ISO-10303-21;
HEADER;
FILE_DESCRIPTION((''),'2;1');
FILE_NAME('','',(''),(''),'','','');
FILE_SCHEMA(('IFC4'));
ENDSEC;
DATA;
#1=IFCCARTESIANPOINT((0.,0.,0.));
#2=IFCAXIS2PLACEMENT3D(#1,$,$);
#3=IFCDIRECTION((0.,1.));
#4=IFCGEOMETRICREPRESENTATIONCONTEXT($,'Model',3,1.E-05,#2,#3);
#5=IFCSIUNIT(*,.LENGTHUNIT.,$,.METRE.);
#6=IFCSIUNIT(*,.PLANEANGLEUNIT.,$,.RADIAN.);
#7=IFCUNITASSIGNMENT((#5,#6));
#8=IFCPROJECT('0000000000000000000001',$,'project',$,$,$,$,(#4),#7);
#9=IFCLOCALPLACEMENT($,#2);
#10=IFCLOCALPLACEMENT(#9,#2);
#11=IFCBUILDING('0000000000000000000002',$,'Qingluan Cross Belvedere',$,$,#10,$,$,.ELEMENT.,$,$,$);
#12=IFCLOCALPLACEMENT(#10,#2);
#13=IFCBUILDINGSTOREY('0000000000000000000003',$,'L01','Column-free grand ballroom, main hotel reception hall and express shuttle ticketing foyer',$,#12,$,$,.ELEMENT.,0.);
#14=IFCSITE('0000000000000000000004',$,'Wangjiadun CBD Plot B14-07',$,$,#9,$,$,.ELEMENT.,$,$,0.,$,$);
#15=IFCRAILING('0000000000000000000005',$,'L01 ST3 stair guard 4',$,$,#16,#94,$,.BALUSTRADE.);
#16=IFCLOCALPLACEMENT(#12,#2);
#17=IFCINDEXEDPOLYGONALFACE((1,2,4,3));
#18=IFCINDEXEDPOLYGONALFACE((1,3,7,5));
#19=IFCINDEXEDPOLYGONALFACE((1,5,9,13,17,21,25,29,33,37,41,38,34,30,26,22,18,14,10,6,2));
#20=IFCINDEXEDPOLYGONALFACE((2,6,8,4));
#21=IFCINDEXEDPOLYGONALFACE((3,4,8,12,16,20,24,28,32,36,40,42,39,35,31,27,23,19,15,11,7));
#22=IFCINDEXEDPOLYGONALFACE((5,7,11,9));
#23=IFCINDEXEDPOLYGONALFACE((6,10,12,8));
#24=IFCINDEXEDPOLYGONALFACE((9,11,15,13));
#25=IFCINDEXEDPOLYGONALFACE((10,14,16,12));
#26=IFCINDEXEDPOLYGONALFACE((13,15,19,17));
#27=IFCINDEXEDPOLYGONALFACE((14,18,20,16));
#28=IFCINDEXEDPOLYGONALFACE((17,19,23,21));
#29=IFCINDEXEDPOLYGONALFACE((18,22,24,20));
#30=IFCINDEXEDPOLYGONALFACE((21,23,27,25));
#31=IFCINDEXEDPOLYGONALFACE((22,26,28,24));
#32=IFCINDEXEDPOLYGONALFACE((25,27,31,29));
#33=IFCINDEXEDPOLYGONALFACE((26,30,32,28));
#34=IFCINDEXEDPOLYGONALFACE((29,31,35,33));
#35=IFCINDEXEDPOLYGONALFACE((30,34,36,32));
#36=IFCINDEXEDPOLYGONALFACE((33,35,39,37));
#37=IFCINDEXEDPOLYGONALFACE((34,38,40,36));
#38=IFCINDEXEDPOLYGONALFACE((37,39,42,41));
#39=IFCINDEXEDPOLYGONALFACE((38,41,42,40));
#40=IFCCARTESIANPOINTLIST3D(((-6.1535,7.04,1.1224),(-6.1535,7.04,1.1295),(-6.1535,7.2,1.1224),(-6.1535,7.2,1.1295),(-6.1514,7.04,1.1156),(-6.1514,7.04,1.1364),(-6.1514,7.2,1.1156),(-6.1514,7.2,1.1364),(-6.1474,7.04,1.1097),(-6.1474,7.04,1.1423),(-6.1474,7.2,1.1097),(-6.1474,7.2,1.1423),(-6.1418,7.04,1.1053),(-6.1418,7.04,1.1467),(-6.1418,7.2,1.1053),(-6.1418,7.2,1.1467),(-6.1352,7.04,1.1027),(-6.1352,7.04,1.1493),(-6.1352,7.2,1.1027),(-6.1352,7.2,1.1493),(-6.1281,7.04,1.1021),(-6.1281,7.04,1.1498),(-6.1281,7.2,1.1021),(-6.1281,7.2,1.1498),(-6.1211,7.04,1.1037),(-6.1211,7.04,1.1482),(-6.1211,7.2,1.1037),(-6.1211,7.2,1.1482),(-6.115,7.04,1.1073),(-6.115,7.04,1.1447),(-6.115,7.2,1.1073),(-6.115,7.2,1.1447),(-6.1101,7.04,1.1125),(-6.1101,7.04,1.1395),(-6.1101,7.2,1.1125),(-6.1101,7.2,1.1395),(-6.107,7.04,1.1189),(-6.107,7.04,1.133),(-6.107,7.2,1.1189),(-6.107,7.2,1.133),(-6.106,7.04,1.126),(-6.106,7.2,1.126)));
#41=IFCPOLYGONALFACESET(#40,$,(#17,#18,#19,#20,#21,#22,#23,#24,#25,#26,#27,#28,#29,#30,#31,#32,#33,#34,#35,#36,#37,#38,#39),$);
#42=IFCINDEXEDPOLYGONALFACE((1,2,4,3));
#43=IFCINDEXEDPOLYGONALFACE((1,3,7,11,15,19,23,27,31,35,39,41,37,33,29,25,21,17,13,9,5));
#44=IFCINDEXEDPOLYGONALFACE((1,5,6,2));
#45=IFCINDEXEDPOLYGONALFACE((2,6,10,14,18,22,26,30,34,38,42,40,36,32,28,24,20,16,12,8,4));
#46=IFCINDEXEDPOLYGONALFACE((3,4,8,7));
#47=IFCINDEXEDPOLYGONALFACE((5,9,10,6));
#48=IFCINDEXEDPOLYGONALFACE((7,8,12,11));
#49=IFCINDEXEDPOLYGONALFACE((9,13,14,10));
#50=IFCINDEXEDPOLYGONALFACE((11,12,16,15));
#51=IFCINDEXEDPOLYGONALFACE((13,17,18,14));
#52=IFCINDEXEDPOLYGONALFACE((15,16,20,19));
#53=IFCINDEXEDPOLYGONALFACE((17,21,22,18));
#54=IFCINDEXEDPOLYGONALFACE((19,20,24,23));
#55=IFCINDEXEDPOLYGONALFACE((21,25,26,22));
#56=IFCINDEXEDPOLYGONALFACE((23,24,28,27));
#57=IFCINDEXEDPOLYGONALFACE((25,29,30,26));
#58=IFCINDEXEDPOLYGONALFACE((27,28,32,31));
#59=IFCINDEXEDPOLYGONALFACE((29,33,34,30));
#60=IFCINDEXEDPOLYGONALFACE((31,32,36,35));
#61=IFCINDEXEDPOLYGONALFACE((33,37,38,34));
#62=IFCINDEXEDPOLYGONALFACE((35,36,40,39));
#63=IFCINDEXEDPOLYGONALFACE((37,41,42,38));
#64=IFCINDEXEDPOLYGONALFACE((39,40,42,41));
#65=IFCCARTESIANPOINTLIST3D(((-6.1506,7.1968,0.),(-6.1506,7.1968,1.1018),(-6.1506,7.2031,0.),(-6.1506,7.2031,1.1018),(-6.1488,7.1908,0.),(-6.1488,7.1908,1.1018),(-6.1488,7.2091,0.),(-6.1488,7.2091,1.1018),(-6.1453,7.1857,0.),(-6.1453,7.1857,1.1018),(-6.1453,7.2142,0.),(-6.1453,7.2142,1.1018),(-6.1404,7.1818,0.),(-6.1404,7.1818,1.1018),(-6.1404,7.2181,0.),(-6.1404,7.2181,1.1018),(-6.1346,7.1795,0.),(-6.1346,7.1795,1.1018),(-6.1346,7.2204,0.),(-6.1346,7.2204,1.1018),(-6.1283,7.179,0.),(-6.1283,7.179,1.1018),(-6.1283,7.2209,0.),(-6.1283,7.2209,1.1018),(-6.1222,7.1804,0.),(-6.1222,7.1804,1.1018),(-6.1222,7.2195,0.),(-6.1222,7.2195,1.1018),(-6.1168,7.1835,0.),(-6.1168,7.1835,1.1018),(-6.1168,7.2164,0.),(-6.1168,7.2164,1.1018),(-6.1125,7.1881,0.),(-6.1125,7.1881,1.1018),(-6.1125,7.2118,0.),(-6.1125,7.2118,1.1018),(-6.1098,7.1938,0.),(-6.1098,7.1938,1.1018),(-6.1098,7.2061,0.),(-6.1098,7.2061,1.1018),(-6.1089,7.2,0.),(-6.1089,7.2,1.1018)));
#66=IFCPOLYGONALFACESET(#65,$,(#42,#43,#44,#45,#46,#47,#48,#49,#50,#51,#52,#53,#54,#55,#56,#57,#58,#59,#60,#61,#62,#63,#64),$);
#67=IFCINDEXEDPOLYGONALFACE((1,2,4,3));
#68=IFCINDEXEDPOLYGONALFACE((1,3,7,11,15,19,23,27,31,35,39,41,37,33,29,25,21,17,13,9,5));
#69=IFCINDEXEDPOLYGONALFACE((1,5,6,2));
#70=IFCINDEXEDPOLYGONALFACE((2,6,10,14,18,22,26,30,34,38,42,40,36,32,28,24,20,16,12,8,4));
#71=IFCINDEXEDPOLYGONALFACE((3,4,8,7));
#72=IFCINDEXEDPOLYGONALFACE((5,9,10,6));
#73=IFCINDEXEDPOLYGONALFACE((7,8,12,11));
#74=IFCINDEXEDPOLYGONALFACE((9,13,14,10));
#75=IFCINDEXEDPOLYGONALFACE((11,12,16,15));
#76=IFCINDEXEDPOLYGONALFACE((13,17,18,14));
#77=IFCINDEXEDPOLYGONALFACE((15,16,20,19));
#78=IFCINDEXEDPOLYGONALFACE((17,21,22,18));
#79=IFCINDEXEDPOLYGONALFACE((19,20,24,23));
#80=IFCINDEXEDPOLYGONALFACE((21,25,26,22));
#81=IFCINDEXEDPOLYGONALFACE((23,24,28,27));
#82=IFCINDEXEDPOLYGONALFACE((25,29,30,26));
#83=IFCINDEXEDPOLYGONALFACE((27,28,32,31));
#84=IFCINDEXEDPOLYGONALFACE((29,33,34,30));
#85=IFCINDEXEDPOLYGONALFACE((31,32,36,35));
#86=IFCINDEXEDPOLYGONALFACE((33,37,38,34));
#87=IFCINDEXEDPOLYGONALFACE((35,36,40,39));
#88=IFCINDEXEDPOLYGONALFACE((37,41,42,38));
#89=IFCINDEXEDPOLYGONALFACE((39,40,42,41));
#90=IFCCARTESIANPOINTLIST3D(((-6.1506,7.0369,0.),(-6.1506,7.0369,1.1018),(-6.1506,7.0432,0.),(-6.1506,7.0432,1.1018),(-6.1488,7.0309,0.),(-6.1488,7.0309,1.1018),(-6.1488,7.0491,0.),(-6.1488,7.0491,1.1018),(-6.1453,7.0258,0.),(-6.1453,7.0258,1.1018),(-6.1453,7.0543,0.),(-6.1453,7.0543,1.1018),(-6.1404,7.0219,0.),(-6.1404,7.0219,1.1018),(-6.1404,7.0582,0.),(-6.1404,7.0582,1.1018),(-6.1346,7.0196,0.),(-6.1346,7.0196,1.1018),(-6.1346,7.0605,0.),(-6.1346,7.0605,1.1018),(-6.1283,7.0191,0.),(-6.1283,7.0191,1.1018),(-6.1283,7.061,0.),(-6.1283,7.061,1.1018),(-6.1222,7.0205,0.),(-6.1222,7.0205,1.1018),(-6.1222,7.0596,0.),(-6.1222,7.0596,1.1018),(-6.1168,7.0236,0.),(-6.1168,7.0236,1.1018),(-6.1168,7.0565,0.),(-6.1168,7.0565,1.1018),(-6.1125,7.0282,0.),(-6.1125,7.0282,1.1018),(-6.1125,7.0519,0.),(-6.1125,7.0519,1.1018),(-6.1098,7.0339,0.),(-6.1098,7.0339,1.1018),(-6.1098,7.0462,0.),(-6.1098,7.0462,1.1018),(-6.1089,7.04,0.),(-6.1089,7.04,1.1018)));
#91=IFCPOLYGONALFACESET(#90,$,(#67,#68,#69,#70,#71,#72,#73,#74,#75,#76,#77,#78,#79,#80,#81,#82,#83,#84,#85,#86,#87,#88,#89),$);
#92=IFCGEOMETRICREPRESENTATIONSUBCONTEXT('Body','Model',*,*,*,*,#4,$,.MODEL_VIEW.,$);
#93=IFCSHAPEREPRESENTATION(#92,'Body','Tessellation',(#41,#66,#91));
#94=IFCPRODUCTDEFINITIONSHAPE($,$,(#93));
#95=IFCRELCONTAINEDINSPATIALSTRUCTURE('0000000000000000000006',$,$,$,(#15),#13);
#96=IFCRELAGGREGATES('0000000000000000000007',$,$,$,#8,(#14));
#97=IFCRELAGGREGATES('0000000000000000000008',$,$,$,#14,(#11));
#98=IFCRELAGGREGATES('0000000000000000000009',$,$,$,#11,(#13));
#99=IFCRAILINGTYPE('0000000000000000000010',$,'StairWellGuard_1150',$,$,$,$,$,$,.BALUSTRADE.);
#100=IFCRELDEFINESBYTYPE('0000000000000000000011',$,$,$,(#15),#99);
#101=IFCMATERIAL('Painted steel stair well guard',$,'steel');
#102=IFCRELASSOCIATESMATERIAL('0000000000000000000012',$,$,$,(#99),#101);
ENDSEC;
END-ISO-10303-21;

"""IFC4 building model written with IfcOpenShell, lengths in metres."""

from ifc_helpers import new_model, si_unit, direction, frame, origin, origin_2d, place, context, subcontext, project, spatial, circle, extrude, material, type_object, element, save


model = new_model("IFC4")

# Units and contexts
model_context = context("Model", 3, precision=1e-05, world=origin(), true_north=direction((0.0, 1.0)))
body_context = subcontext(model_context, "Body", "Model", "MODEL_VIEW")
ifc_project = project(units=[si_unit("LENGTHUNIT", "METRE"), si_unit("PLANEANGLEUNIT", "RADIAN")], contexts=[model_context])

# Site, building, storey
site_placement = place(None, origin())
site = spatial("IfcSite", under=ifc_project, at=site_placement, Name="Wangjiadun CBD Plot B14-07", CompositionType="ELEMENT", RefElevation=0.0)
building_placement = place(site_placement, origin())
building = spatial("IfcBuilding", under=site, at=building_placement, Name="Qingluan Cross Belvedere", CompositionType="ELEMENT")
storey_placement = place(building_placement, origin())
storey = spatial("IfcBuildingStorey", under=building, at=storey_placement, Name="L01", Description="Column-free grand ballroom, main hotel reception hall and express shuttle ticketing foyer", CompositionType="ELEMENT", Elevation=0.0)

# Railing
ifc_material_1 = material(Name="Painted steel stair well guard", Category="steel")
railing_type_1 = type_object("IfcRailingType", Name="StairWellGuard_1150", PredefinedType="BALUSTRADE", material=ifc_material_1)
railing_1_placement = place(storey_placement, frame((-6.1299, 7.2, 0.0)))
element("IfcRailing", 1, at=railing_1_placement, inside=storey, type_object=railing_type_1, Name="L01 ST3 stair guard 4", PredefinedType="BALUSTRADE", context=body_context, shape_type="SweptSolid", body=[
    extrude(circle(Radius=0.0239, at=origin_2d()), frame((0.0, 0.0, 1.126), z_axis=(0.0, -1.0, 0.0), x_axis=(1.0, 0.0, 0.0)), (0.0, 0.0, 1.0), 0.1599),
    extrude(circle(Radius=0.021, at=origin_2d()), origin(), (0.0, 0.0, 1.0), 1.1018),
    extrude(circle(Radius=0.021, at=origin_2d()), frame((0.0, -0.1599, 0.0)), (0.0, 0.0, 1.0), 1.1018),
])

save(model, "model.ifc")
